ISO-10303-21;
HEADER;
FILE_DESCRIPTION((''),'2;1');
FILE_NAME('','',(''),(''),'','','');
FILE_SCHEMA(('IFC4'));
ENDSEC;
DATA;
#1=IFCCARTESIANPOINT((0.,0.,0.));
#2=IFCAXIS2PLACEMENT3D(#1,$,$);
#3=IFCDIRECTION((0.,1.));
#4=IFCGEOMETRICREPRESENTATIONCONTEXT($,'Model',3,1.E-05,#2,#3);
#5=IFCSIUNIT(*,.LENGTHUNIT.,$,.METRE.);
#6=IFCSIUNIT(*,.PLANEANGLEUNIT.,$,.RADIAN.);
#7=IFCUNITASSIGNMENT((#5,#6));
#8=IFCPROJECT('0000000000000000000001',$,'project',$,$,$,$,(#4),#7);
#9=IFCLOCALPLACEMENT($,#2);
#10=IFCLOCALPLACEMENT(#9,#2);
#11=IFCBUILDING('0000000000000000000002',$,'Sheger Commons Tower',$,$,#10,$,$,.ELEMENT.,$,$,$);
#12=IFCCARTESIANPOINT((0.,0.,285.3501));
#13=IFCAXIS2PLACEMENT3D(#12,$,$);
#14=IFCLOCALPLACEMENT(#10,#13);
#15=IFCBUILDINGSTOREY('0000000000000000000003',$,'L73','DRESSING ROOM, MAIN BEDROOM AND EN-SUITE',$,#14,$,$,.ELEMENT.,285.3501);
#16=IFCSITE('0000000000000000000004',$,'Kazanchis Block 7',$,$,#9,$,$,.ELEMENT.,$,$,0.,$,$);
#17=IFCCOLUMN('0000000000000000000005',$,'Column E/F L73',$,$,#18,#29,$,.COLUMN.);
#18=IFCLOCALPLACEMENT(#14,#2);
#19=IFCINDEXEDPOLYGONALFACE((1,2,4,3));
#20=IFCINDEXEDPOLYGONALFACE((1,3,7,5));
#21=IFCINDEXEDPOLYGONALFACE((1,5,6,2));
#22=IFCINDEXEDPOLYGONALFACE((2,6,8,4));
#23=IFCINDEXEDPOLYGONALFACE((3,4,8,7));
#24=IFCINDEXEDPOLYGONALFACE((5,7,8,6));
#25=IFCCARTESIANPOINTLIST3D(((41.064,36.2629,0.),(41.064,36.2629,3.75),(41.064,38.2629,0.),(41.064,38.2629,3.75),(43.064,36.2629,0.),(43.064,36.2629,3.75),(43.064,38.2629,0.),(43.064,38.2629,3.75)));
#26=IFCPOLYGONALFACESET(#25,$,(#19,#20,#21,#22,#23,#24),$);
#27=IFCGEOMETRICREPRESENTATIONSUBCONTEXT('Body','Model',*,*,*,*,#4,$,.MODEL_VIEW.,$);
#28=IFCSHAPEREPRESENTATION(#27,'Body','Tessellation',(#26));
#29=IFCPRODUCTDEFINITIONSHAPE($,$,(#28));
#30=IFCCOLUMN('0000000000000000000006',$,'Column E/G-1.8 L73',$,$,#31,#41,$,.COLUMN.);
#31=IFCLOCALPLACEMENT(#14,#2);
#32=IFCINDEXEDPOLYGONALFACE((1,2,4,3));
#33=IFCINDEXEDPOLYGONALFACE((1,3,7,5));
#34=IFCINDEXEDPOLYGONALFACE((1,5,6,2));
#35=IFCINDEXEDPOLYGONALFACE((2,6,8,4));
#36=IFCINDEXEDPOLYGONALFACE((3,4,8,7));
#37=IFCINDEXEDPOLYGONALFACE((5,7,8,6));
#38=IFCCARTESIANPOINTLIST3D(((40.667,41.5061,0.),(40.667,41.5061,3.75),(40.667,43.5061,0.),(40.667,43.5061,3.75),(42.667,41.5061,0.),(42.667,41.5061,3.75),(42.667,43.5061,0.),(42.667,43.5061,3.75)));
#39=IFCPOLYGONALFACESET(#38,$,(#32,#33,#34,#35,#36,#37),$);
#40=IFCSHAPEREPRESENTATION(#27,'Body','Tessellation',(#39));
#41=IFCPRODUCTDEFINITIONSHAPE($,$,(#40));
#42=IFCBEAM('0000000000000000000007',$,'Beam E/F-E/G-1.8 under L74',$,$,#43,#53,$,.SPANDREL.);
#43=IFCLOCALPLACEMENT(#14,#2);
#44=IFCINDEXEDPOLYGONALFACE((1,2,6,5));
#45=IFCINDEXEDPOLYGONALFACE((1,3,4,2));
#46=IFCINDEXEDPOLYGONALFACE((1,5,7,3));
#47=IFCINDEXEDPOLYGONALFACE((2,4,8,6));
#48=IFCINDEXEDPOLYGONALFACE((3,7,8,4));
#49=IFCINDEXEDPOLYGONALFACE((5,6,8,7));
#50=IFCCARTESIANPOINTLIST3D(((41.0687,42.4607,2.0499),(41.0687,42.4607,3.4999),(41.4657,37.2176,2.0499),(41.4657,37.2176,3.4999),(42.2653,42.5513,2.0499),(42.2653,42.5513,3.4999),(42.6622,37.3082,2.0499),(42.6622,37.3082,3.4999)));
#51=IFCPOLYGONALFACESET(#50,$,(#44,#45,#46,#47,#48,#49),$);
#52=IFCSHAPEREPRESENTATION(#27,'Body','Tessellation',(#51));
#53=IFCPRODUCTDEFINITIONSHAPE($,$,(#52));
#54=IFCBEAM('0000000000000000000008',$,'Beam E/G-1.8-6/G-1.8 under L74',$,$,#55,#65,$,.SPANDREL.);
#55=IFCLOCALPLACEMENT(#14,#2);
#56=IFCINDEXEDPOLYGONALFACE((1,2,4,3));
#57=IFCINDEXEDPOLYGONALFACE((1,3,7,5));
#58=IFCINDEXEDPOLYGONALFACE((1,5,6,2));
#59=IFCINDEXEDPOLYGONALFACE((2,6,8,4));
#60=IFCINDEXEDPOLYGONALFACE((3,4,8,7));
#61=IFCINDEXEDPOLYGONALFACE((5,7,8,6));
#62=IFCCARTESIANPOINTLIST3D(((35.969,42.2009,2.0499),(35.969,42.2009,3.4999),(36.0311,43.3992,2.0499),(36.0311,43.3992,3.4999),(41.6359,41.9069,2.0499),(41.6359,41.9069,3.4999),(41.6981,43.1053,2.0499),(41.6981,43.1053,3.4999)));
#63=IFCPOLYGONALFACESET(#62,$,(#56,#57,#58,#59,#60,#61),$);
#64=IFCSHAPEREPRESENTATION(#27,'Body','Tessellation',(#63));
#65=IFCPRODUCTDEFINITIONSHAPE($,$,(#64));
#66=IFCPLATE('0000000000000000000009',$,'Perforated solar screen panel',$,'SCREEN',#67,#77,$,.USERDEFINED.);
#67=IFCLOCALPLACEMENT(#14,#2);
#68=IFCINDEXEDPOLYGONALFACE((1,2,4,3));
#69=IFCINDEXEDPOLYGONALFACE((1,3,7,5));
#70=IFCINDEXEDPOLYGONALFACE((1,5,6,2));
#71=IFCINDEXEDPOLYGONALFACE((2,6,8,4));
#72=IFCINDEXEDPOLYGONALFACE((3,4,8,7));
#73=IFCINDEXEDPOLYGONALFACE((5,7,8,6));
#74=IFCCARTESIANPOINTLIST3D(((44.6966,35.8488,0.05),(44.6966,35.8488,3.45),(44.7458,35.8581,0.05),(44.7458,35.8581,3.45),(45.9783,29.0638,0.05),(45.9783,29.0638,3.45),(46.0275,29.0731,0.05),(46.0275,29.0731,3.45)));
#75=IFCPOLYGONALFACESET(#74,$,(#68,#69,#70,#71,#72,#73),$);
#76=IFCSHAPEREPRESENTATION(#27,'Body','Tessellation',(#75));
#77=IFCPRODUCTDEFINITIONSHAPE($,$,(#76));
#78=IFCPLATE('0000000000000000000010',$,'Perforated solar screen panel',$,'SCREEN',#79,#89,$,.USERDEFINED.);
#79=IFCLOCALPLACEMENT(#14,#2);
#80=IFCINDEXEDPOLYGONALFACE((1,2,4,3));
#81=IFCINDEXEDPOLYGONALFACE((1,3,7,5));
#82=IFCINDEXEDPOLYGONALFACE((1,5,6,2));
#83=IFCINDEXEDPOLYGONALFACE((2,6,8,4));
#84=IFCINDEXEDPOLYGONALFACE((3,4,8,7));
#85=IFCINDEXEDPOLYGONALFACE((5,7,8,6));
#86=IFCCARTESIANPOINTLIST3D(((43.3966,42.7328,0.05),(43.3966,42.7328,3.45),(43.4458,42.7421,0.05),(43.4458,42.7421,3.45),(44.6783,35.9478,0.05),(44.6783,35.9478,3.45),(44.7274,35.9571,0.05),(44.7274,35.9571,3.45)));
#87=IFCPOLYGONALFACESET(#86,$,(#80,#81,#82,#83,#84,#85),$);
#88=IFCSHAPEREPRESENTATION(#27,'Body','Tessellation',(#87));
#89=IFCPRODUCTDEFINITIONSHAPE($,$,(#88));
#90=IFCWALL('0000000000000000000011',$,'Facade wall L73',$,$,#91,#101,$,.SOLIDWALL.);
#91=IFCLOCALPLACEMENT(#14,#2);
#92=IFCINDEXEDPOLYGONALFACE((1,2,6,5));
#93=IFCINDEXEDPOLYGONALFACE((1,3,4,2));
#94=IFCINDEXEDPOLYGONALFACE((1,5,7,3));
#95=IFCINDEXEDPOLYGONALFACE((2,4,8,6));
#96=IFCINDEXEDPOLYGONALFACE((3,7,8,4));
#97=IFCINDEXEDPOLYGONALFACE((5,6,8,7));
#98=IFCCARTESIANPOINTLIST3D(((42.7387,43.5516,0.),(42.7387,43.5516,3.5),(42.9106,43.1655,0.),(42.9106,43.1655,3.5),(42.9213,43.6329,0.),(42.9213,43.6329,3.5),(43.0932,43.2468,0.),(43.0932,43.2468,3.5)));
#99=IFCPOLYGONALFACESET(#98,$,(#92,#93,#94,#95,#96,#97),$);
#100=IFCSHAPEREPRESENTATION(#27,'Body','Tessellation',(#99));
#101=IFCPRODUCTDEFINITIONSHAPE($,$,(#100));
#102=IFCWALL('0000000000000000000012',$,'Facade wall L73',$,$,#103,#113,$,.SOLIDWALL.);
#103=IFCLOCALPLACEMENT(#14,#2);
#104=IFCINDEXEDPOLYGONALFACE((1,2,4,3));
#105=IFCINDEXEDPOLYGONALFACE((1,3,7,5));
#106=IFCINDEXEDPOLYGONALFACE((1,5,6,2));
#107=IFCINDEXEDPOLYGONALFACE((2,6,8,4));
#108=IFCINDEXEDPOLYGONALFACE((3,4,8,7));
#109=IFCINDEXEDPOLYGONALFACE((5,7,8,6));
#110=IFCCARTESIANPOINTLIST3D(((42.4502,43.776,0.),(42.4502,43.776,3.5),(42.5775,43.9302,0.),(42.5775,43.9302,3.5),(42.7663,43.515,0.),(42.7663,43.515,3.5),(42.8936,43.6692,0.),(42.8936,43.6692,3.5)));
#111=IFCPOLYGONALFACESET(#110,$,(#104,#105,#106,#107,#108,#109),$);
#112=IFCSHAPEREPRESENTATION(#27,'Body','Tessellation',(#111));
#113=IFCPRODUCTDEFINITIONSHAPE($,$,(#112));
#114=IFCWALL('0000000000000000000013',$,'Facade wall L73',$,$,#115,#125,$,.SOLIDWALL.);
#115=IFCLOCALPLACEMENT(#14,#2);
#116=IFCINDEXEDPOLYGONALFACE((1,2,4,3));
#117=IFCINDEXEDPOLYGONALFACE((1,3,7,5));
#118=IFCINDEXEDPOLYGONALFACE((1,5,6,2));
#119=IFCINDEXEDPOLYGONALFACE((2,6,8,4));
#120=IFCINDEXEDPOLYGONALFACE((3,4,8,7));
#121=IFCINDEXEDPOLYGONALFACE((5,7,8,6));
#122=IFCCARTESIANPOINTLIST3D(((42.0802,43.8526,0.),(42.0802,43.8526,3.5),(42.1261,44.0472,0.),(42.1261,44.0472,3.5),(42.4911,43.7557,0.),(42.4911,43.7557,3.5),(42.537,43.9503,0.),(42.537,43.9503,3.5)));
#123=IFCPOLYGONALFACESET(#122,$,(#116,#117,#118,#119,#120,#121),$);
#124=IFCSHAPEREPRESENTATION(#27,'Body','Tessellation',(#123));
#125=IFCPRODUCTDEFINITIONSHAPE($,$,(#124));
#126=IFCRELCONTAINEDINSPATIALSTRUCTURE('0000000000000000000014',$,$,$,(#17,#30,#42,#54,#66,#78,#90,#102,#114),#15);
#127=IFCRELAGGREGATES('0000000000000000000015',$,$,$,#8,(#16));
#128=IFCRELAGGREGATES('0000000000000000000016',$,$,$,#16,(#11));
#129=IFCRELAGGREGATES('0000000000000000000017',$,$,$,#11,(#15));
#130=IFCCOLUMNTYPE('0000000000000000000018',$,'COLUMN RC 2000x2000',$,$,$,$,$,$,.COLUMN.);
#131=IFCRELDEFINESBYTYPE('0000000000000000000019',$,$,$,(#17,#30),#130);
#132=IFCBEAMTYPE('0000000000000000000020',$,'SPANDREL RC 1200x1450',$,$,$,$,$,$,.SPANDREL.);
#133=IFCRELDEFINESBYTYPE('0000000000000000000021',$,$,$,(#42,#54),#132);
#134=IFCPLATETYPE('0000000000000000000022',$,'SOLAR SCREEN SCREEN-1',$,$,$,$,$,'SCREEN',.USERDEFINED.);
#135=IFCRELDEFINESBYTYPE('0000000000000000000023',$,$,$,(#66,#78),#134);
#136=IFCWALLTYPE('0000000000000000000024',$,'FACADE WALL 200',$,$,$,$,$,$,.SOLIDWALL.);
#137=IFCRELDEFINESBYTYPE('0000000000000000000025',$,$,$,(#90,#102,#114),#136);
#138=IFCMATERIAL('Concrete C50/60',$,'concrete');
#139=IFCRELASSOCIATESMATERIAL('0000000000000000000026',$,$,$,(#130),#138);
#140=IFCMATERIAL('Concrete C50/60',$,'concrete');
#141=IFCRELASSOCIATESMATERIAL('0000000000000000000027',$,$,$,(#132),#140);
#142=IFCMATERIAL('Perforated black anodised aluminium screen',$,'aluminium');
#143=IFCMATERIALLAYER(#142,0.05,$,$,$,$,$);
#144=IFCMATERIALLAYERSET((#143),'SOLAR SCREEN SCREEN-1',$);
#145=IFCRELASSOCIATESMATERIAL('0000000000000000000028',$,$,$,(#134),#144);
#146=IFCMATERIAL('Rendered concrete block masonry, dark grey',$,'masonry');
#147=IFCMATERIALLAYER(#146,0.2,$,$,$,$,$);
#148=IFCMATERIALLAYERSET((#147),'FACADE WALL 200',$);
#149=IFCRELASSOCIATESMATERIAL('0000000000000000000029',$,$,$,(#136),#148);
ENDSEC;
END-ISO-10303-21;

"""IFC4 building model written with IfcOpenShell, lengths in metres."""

from ifc_helpers import new_model, si_unit, direction, frame, frame_2d, origin, origin_2d, place, context, subcontext, project, spatial, rectangle, extrude, material, layer, layer_set, material_profile, profile_set, type_object, element, save


model = new_model("IFC4")

# Units and contexts
model_context = context("Model", 3, precision=1e-05, world=origin(), true_north=direction((0.0, 1.0)))
body_context = subcontext(model_context, "Body", "Model", "MODEL_VIEW")
ifc_project = project(units=[si_unit("LENGTHUNIT", "METRE"), si_unit("PLANEANGLEUNIT", "RADIAN")], contexts=[model_context])

# Site, building, storey
site_placement = place(None, origin())
site = spatial("IfcSite", under=ifc_project, at=site_placement, Name="Kazanchis Block 7", CompositionType="ELEMENT", RefElevation=0.0)
building_placement = place(site_placement, origin())
building = spatial("IfcBuilding", under=site, at=building_placement, Name="Sheger Commons Tower", CompositionType="ELEMENT")
storey_placement = place(building_placement, frame((0.0, 0.0, 285.3501)))
storey = spatial("IfcBuildingStorey", under=building, at=storey_placement, Name="L73", Description="DRESSING ROOM, MAIN BEDROOM AND EN-SUITE", CompositionType="ELEMENT", Elevation=285.3501)

# Columns
ifc_material_1 = material(Name="Concrete C50/60", Category="concrete")
ifc_material_profile_1 = material_profile(ifc_material_1, rectangle(XDim=2.0, YDim=2.0, at=origin_2d()), Name="RC 2000x2000")
ifc_profile_set_1 = profile_set([ifc_material_profile_1], Name="Concrete C50/60")
column_type = type_object("IfcColumnType", Name="COLUMN RC 2000x2000", PredefinedType="COLUMN", material=ifc_profile_set_1)
for number, where, z_axis, x_axis, name in (
    (1, (42.064, 37.2629, 0.0), (0.0, 0.0, 1.0), (1.0, 0.0, 0.0), "Column E/F L73"),
    (2, (41.667, 42.5061, 0.0), (0.0, 0.0, 1.0), (1.0, 0.0, 0.0), "Column E/G-1.8 L73"),
):
    element("IfcColumn", number, at=place(storey_placement, frame(where, z_axis=z_axis, x_axis=x_axis)), inside=storey, type_object=column_type, Name=name, PredefinedType="COLUMN", context=body_context, shape_type="SweptSolid", body=[
        extrude(rectangle(XDim=2.0, YDim=2.0, at=origin_2d()), origin(), (0.0, 0.0, 1.0), 3.75),
    ])

# Beams
ifc_material_2 = material(Name="Concrete C50/60", Category="concrete")
ifc_material_profile_2 = material_profile(ifc_material_2, rectangle(XDim=1.2, YDim=1.45, at=origin_2d()), Name="RC 1200x1450")
ifc_profile_set_2 = profile_set([ifc_material_profile_2], Name="Concrete C50/60")
beam_type = type_object("IfcBeamType", Name="SPANDREL RC 1200x1450", PredefinedType="SPANDREL", material=ifc_profile_set_2)
beam_1_placement = place(storey_placement, frame((42.064, 37.2629, 2.7749), z_axis=(-0.075496, 0.997146, 0.0), x_axis=(-0.997146, -0.075496, 0.0)))
element("IfcBeam", 3, at=beam_1_placement, inside=storey, type_object=beam_type, Name="Beam E/F-E/G-1.8 under L74", PredefinedType="SPANDREL", context=body_context, shape_type="SweptSolid", body=[
    extrude(rectangle(XDim=1.2, YDim=1.45, at=origin_2d()), origin(), (0.0, 0.0, 1.0), 5.2581),
])
beam_2_placement = place(storey_placement, frame((41.667, 42.5061, 2.7749), z_axis=(-0.998657, 0.0518, 0.0), x_axis=(-0.0518, -0.998657, 0.0)))
element("IfcBeam", 4, at=beam_2_placement, inside=storey, type_object=beam_type, Name="Beam E/G-1.8-6/G-1.8 under L74", PredefinedType="SPANDREL", context=body_context, shape_type="SweptSolid", body=[
    extrude(rectangle(XDim=1.2, YDim=1.45, at=origin_2d()), origin(), (0.0, 0.0, 1.0), 5.6746),
])

# Plates
ifc_material_3 = material(Name="Perforated black anodised aluminium screen", Category="aluminium")
ifc_layer_1 = layer(ifc_material_3, 0.05)
ifc_layer_set_1 = layer_set([ifc_layer_1], Name="SOLAR SCREEN SCREEN-1")
plate_type = type_object("IfcPlateType", Name="SOLAR SCREEN SCREEN-1", ElementType="SCREEN", PredefinedType="USERDEFINED", material=ifc_layer_set_1)
for number, where, z_axis, x_axis, name in (
    (5, (45.3621, 32.4609, 0.05), (0.0, 0.0, 1.0), (-0.185615, 0.982623, 0.0), "Perforated solar screen panel"),
    (6, (44.062, 39.345, 0.05), (0.0, 0.0, 1.0), (-0.185615, 0.982623, 0.0), "Perforated solar screen panel"),
):
    element("IfcPlate", number, at=place(storey_placement, frame(where, z_axis=z_axis, x_axis=x_axis)), inside=storey, type_object=plate_type, Name=name, ObjectType="SCREEN", PredefinedType="USERDEFINED", context=body_context, shape_type="SweptSolid", body=[
        extrude(rectangle(XDim=6.905, YDim=0.05, at=origin_2d()), origin(), (0.0, 0.0, 1.0), 3.3999),
    ])

# Walls
ifc_material_4 = material(Name="Rendered concrete block masonry, dark grey", Category="masonry")
ifc_layer_2 = layer(ifc_material_4, 0.2)
ifc_layer_set_2 = layer_set([ifc_layer_2], Name="FACADE WALL 200")
wall_type_1 = type_object("IfcWallType", Name="FACADE WALL 200", PredefinedType="SOLIDWALL", material=ifc_layer_set_2)
wall_1_placement = place(storey_placement, frame((43.002, 43.2061, 0.0), z_axis=(0.0, 0.0, 1.0), x_axis=(-0.406782, 0.913525, 0.0)))
element("IfcWall", 7, at=wall_1_placement, inside=storey, type_object=wall_type_1, Name="Facade wall L73", PredefinedType="SOLIDWALL", context=body_context, shape_type="SweptSolid", body=[
    extrude(rectangle(XDim=0.4226, YDim=0.2, at=frame_2d((0.2114, 0.0))), origin(), (0.0, 0.0, 1.0), 3.5),
])
wall_2_placement = place(storey_placement, frame((42.8301, 43.592, 0.0), z_axis=(0.0, 0.0, 1.0), x_axis=(-0.771191, 0.636604, 0.0)))
element("IfcWall", 8, at=wall_2_placement, inside=storey, type_object=wall_type_1, Name="Facade wall L73", PredefinedType="SOLIDWALL", context=body_context, shape_type="SweptSolid", body=[
    extrude(rectangle(XDim=0.4099, YDim=0.2, at=frame_2d((0.2051, 0.0))), origin(), (0.0, 0.0, 1.0), 3.5),
])
wall_3_placement = place(storey_placement, frame((42.5139, 43.853, 0.0), z_axis=(0.0, 0.0, 1.0), x_axis=(-0.973288, 0.229587, 0.0)))
element("IfcWall", 9, at=wall_3_placement, inside=storey, type_object=wall_type_1, Name="Facade wall L73", PredefinedType="SOLIDWALL", context=body_context, shape_type="SweptSolid", body=[
    extrude(rectangle(XDim=0.4221, YDim=0.2, at=frame_2d((0.2109, 0.0))), origin(), (0.0, 0.0, 1.0), 3.5),
])

save(model, "model.ifc")
